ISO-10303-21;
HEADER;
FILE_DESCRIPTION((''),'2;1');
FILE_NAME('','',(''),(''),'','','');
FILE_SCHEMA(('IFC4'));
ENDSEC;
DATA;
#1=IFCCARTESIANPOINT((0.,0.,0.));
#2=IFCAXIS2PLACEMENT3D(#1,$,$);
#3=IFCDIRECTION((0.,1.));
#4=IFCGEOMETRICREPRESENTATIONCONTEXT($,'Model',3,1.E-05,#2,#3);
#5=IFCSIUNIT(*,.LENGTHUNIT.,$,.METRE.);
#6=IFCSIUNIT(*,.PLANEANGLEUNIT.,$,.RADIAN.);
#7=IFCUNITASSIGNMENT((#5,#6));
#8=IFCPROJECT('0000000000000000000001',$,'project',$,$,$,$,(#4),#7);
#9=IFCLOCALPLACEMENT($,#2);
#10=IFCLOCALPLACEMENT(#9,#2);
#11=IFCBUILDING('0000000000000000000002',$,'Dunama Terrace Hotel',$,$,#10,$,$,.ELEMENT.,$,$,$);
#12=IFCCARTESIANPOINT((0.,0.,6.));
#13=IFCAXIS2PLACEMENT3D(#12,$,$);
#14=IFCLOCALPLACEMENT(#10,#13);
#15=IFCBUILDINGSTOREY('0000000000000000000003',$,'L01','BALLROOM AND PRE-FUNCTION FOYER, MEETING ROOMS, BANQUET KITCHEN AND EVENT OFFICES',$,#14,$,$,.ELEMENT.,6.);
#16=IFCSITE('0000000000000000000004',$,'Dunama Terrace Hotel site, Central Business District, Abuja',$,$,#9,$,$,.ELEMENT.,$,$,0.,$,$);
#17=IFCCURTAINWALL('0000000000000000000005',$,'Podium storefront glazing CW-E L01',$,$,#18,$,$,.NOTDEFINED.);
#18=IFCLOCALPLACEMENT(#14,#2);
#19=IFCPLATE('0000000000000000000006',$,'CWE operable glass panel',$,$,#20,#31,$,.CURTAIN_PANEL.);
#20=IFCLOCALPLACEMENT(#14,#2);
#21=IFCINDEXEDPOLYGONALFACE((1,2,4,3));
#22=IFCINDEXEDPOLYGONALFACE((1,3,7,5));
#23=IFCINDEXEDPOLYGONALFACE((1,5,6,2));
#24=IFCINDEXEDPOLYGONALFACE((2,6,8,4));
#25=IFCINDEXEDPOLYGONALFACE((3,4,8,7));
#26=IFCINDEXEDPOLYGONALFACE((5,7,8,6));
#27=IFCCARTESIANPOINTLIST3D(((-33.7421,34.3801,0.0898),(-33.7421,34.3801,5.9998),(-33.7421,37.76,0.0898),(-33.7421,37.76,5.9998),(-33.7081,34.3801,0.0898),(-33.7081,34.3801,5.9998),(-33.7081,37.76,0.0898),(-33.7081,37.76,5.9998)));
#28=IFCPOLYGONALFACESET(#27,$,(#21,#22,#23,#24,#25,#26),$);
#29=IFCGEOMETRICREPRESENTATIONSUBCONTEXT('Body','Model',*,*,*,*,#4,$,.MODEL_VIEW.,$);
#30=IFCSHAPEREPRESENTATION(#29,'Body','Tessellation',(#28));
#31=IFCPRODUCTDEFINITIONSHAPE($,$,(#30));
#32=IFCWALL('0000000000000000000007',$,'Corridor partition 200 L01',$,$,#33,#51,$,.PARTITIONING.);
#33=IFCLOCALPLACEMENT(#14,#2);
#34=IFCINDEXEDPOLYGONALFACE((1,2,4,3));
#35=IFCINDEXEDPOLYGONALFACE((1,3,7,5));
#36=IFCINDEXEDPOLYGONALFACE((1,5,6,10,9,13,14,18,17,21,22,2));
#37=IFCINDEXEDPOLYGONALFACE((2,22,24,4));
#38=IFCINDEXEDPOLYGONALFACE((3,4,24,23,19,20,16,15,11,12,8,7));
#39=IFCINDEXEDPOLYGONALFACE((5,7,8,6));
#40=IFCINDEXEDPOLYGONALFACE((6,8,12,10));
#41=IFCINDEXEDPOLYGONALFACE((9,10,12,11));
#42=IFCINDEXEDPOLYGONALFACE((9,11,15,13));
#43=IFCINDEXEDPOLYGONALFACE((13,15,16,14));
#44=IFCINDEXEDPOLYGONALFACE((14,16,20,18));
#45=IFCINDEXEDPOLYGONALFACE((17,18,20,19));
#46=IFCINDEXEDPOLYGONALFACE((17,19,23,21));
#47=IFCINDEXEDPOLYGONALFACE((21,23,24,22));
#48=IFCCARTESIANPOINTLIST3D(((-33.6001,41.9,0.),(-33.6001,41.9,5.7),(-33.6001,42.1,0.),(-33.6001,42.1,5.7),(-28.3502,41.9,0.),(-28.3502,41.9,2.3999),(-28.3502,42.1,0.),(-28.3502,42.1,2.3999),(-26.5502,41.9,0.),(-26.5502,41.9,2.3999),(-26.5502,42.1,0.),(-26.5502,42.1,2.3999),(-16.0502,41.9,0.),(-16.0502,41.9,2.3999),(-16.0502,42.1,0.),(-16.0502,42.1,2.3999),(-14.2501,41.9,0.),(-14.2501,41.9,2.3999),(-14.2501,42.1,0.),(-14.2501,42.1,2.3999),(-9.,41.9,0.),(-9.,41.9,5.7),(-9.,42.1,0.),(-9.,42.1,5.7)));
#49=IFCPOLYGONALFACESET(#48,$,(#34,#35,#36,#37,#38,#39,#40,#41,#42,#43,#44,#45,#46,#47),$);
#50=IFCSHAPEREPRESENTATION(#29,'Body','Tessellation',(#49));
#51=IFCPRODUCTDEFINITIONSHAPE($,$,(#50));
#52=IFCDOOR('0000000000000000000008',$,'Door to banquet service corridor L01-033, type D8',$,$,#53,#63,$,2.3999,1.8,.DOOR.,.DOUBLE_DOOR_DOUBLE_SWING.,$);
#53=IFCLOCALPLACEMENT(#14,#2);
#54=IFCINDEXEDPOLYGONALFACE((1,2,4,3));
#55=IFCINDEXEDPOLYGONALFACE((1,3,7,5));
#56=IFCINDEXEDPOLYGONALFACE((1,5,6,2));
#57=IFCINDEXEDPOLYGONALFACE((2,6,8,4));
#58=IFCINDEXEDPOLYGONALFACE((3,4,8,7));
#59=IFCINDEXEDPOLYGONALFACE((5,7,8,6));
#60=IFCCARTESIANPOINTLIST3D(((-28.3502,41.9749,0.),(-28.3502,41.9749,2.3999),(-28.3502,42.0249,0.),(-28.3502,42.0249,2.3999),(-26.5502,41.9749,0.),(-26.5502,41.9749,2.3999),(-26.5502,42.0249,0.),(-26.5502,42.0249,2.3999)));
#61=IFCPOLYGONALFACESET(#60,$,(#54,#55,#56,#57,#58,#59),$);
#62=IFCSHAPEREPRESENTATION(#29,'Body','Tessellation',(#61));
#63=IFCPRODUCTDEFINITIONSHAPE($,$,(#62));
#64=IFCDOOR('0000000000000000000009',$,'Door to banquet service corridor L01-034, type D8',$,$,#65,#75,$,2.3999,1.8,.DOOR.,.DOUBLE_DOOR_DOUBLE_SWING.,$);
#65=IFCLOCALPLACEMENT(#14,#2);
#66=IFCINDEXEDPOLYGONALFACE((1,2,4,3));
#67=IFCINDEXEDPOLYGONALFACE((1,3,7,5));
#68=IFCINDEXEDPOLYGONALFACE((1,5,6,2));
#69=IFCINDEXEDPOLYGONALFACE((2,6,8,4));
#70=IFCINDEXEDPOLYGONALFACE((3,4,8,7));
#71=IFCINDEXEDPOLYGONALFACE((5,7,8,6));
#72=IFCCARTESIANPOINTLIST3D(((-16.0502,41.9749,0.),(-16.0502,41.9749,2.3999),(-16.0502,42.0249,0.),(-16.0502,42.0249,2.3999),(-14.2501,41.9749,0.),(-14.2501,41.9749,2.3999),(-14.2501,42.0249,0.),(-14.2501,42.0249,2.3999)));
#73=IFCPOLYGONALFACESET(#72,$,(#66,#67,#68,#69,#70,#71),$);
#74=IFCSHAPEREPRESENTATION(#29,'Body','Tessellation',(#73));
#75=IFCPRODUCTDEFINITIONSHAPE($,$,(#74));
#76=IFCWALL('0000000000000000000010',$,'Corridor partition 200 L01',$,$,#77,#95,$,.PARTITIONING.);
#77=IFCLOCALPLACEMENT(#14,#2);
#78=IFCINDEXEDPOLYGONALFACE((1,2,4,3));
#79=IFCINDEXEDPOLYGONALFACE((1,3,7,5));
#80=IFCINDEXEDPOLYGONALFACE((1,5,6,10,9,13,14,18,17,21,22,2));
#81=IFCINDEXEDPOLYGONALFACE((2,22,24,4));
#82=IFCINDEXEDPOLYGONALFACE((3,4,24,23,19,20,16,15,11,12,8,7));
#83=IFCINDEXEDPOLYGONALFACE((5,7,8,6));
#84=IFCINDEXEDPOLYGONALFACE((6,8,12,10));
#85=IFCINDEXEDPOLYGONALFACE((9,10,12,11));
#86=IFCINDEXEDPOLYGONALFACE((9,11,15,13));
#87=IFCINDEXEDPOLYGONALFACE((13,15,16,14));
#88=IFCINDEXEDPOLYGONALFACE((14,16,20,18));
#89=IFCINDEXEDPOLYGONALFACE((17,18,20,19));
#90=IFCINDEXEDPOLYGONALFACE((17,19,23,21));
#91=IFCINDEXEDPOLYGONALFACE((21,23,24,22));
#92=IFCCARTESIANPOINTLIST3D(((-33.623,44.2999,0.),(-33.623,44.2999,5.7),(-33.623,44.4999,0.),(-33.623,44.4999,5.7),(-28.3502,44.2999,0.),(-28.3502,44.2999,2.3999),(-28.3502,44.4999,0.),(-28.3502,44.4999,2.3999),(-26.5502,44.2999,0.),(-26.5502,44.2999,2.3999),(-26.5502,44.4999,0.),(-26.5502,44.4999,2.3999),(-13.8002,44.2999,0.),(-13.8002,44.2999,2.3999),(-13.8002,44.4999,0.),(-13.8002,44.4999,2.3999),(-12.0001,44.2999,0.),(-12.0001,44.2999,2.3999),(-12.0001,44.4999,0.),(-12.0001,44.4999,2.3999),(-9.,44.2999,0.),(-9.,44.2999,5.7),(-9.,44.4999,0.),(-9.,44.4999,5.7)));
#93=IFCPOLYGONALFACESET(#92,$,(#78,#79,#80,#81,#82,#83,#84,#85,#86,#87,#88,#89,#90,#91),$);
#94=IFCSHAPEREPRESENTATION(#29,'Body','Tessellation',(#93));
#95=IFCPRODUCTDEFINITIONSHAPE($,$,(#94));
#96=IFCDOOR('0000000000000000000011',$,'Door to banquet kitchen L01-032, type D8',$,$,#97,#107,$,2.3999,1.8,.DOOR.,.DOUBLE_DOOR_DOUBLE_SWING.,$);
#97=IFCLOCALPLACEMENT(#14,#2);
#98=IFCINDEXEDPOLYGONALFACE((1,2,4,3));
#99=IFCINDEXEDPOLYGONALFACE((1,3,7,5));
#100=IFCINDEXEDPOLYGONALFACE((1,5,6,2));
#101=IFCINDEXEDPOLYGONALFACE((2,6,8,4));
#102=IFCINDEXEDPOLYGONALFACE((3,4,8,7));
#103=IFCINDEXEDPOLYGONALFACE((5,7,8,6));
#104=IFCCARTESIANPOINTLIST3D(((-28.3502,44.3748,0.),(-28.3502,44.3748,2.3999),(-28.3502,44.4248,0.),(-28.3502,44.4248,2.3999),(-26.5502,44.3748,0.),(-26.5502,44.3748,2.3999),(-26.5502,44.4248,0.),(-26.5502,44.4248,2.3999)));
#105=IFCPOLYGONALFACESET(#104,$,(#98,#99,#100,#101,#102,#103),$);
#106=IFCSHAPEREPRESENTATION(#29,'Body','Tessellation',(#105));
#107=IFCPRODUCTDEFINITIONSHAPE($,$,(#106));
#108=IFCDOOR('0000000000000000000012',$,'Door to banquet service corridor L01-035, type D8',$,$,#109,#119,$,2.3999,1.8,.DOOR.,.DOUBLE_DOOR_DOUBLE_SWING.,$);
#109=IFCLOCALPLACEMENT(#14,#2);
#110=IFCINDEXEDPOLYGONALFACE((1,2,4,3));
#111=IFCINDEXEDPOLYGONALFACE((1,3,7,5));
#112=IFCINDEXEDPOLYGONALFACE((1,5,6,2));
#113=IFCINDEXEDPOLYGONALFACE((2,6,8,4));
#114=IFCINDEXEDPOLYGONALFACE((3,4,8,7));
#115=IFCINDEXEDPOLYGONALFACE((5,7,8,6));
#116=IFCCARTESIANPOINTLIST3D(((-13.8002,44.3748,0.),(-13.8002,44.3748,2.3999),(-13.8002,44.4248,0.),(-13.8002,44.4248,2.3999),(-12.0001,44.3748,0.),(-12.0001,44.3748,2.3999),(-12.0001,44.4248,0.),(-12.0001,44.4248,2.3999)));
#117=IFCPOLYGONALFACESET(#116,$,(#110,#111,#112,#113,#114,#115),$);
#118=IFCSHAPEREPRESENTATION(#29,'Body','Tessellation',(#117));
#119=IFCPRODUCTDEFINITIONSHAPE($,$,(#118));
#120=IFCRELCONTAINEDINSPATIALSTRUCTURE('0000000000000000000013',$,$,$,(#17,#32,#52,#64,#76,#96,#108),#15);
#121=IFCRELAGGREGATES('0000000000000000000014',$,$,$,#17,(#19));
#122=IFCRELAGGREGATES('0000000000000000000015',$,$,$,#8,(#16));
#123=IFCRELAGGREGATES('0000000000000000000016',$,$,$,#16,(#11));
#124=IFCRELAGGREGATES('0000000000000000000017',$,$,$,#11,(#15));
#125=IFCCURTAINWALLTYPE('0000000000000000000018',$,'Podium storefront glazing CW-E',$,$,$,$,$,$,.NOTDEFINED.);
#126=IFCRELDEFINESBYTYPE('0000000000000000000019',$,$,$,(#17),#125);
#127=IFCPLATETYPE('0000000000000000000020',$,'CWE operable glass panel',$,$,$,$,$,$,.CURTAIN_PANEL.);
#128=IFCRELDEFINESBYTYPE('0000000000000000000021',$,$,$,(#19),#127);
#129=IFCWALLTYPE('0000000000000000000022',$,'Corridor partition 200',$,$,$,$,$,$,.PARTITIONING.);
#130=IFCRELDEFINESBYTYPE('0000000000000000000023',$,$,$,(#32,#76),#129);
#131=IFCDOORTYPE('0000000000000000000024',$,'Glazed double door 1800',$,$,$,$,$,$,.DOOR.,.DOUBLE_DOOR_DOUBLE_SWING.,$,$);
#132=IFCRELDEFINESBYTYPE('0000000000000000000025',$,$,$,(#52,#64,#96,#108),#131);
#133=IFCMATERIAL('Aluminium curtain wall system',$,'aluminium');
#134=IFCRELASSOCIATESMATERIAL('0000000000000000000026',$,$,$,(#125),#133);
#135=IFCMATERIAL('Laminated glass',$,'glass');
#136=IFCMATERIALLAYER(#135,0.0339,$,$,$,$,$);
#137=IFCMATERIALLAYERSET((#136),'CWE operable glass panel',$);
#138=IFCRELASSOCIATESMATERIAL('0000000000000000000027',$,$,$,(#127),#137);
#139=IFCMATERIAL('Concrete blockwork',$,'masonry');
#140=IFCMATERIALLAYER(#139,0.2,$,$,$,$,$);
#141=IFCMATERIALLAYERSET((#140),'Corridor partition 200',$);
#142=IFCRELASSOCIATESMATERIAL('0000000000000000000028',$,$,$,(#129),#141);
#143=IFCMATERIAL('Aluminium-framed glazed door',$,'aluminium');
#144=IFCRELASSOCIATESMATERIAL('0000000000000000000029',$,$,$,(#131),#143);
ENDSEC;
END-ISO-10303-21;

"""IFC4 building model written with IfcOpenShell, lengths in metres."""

from ifc_helpers import new_model, si_unit, direction, frame, frame_2d, origin, origin_2d, place, context, subcontext, project, spatial, rectangle, extrude, material, layer, layer_set, type_object, element, fill, aggregate, save


model = new_model("IFC4")

# Units and contexts
model_context = context("Model", 3, precision=1e-05, world=origin(), true_north=direction((0.0, 1.0)))
body_context = subcontext(model_context, "Body", "Model", "MODEL_VIEW")
ifc_project = project(units=[si_unit("LENGTHUNIT", "METRE"), si_unit("PLANEANGLEUNIT", "RADIAN")], contexts=[model_context])

# Site, building, storey
site_placement = place(None, origin())
site = spatial("IfcSite", under=ifc_project, at=site_placement, Name="Dunama Terrace Hotel site, Central Business District, Abuja", CompositionType="ELEMENT", RefElevation=0.0)
building_placement = place(site_placement, origin())
building = spatial("IfcBuilding", under=site, at=building_placement, Name="Dunama Terrace Hotel", CompositionType="ELEMENT")
storey_placement = place(building_placement, frame((0.0, 0.0, 6.0)))
storey = spatial("IfcBuildingStorey", under=building, at=storey_placement, Name="L01", Description="BALLROOM AND PRE-FUNCTION FOYER, MEETING ROOMS, BANQUET KITCHEN AND EVENT OFFICES", CompositionType="ELEMENT", Elevation=6.0)

# Curtain wall
ifc_material_1 = material(Name="Aluminium curtain wall system", Category="aluminium")
curtain_wall_type = type_object("IfcCurtainWallType", Name="Podium storefront glazing CW-E", PredefinedType="NOTDEFINED", material=ifc_material_1)
curtain_wall_1_placement = place(storey_placement, origin())
curtain_wall_1 = element("IfcCurtainWall", 1, at=curtain_wall_1_placement, inside=storey, type_object=curtain_wall_type, Name="Podium storefront glazing CW-E L01", PredefinedType="NOTDEFINED")

# Plate
ifc_material_2 = material(Name="Laminated glass", Category="glass")
ifc_layer_1 = layer(ifc_material_2, 0.0339)
ifc_layer_set_1 = layer_set([ifc_layer_1], Name="CWE operable glass panel")
plate_type_1 = type_object("IfcPlateType", Name="CWE operable glass panel", PredefinedType="CURTAIN_PANEL", material=ifc_layer_set_1)
plate_1_placement = place(storey_placement, frame((-33.7251, 36.0701, 0.0898), z_axis=(0.0, 0.0, 1.0), x_axis=(0.0, -1.0, 0.0)))
plate_1 = element("IfcPlate", 2, at=plate_1_placement, type_object=plate_type_1, Name="CWE operable glass panel", PredefinedType="CURTAIN_PANEL", context=body_context, shape_type="SweptSolid", body=[
    extrude(rectangle(XDim=3.3799, YDim=0.0339, at=origin_2d()), origin(), (0.0, 0.0, 1.0), 5.9099),
])
aggregate(curtain_wall_1, [plate_1])

# Walls, openings, doors
ifc_material_3 = material(Name="Concrete blockwork", Category="masonry")
ifc_layer_2 = layer(ifc_material_3, 0.2)
ifc_layer_set_2 = layer_set([ifc_layer_2], Name="Corridor partition 200")
wall_type = type_object("IfcWallType", Name="Corridor partition 200", PredefinedType="PARTITIONING", material=ifc_layer_set_2)
wall_1_placement = place(storey_placement, frame((-33.6001, 42.0, 0.0), z_axis=(0.0, 0.0, 1.0), x_axis=(1.0, 0.0, 0.0)))
wall_1 = element("IfcWall", 3, at=wall_1_placement, inside=storey, type_object=wall_type, Name="Corridor partition 200 L01", PredefinedType="PARTITIONING", context=body_context, shape_type="SweptSolid", body=[
    extrude(rectangle(XDim=24.6001, YDim=0.2, at=frame_2d((12.3, 0.0))), origin(), (0.0, 0.0, 1.0), 5.7),
])
opening_1_placement = place(wall_1_placement, frame((5.25, 0.0, 0.0)))
opening_1 = element("IfcOpeningElement", 4, at=opening_1_placement, cuts=wall_1, PredefinedType="OPENING", context=body_context, shape_type="SweptSolid", body=[
    extrude(rectangle(XDim=1.8, YDim=2.3999, at=frame_2d((0.8999, 1.2))), frame((0.0, 0.1099, 0.0), z_axis=(0.0, -1.0, 0.0), x_axis=(1.0, 0.0, 0.0)), (0.0, 0.0, 1.0), 0.22),
])
opening_2_placement = place(wall_1_placement, frame((17.55, 0.0, 0.0)))
opening_2 = element("IfcOpeningElement", 5, at=opening_2_placement, cuts=wall_1, PredefinedType="OPENING", context=body_context, shape_type="SweptSolid", body=[
    extrude(rectangle(XDim=1.8, YDim=2.3999, at=frame_2d((0.8999, 1.2))), frame((0.0, 0.1099, 0.0), z_axis=(0.0, -1.0, 0.0), x_axis=(1.0, 0.0, 0.0)), (0.0, 0.0, 1.0), 0.22),
])
ifc_material_4 = material(Name="Aluminium-framed glazed door", Category="aluminium")
door_type = type_object("IfcDoorType", Name="Glazed double door 1800", OperationType="DOUBLE_DOOR_DOUBLE_SWING", PredefinedType="DOOR", material=ifc_material_4)
door_1_placement = place(opening_1_placement, origin())
door_1 = element("IfcDoor", 6, at=door_1_placement, inside=storey, type_object=door_type, Name="Door to banquet service corridor L01-033, type D8", OperationType="DOUBLE_DOOR_DOUBLE_SWING", OverallHeight=2.3999, OverallWidth=1.8, PredefinedType="DOOR", context=body_context, shape_type="SweptSolid", body=[
    extrude(rectangle(XDim=1.8, YDim=2.3999, at=frame_2d((0.8999, 1.2))), frame((0.0, 0.0249, 0.0), z_axis=(0.0, -1.0, 0.0), x_axis=(1.0, 0.0, 0.0)), (0.0, 0.0, 1.0), 0.05),
])
fill(opening_1, door_1)
door_2_placement = place(opening_2_placement, origin())
door_2 = element("IfcDoor", 7, at=door_2_placement, inside=storey, type_object=door_type, Name="Door to banquet service corridor L01-034, type D8", OperationType="DOUBLE_DOOR_DOUBLE_SWING", OverallHeight=2.3999, OverallWidth=1.8, PredefinedType="DOOR", context=body_context, shape_type="SweptSolid", body=[
    extrude(rectangle(XDim=1.8, YDim=2.3999, at=frame_2d((0.8999, 1.2))), frame((0.0, 0.0249, 0.0), z_axis=(0.0, -1.0, 0.0), x_axis=(1.0, 0.0, 0.0)), (0.0, 0.0, 1.0), 0.05),
])
fill(opening_2, door_2)
wall_2_placement = place(storey_placement, frame((-33.623, 44.3999, 0.0), z_axis=(0.0, 0.0, 1.0), x_axis=(1.0, 0.0, 0.0)))
wall_2 = element("IfcWall", 8, at=wall_2_placement, inside=storey, type_object=wall_type, Name="Corridor partition 200 L01", PredefinedType="PARTITIONING", context=body_context, shape_type="SweptSolid", body=[
    extrude(rectangle(XDim=24.623, YDim=0.2, at=frame_2d((12.3115, 0.0))), origin(), (0.0, 0.0, 1.0), 5.7),
])
opening_3_placement = place(wall_2_placement, frame((5.2729, 0.0, 0.0)))
opening_3 = element("IfcOpeningElement", 9, at=opening_3_placement, cuts=wall_2, PredefinedType="OPENING", context=body_context, shape_type="SweptSolid", body=[
    extrude(rectangle(XDim=1.8, YDim=2.3999, at=frame_2d((0.8999, 1.2))), frame((0.0, 0.1099, 0.0), z_axis=(0.0, -1.0, 0.0), x_axis=(1.0, 0.0, 0.0)), (0.0, 0.0, 1.0), 0.22),
])
opening_4_placement = place(wall_2_placement, frame((19.823, 0.0, 0.0)))
opening_4 = element("IfcOpeningElement", 10, at=opening_4_placement, cuts=wall_2, PredefinedType="OPENING", context=body_context, shape_type="SweptSolid", body=[
    extrude(rectangle(XDim=1.8, YDim=2.3999, at=frame_2d((0.8999, 1.2))), frame((0.0, 0.1099, 0.0), z_axis=(0.0, -1.0, 0.0), x_axis=(1.0, 0.0, 0.0)), (0.0, 0.0, 1.0), 0.22),
])
door_3_placement = place(opening_3_placement, origin())
door_3 = element("IfcDoor", 11, at=door_3_placement, inside=storey, type_object=door_type, Name="Door to banquet kitchen L01-032, type D8", OperationType="DOUBLE_DOOR_DOUBLE_SWING", OverallHeight=2.3999, OverallWidth=1.8, PredefinedType="DOOR", context=body_context, shape_type="SweptSolid", body=[
    extrude(rectangle(XDim=1.8, YDim=2.3999, at=frame_2d((0.8999, 1.2))), frame((0.0, 0.0249, 0.0), z_axis=(0.0, -1.0, 0.0), x_axis=(1.0, 0.0, 0.0)), (0.0, 0.0, 1.0), 0.05),
])
fill(opening_3, door_3)
door_4_placement = place(opening_4_placement, origin())
door_4 = element("IfcDoor", 12, at=door_4_placement, inside=storey, type_object=door_type, Name="Door to banquet service corridor L01-035, type D8", OperationType="DOUBLE_DOOR_DOUBLE_SWING", OverallHeight=2.3999, OverallWidth=1.8, PredefinedType="DOOR", context=body_context, shape_type="SweptSolid", body=[
    extrude(rectangle(XDim=1.8, YDim=2.3999, at=frame_2d((0.8999, 1.2))), frame((0.0, 0.0249, 0.0), z_axis=(0.0, -1.0, 0.0), x_axis=(1.0, 0.0, 0.0)), (0.0, 0.0, 1.0), 0.05),
])
fill(opening_4, door_4)

save(model, "model.ifc")
